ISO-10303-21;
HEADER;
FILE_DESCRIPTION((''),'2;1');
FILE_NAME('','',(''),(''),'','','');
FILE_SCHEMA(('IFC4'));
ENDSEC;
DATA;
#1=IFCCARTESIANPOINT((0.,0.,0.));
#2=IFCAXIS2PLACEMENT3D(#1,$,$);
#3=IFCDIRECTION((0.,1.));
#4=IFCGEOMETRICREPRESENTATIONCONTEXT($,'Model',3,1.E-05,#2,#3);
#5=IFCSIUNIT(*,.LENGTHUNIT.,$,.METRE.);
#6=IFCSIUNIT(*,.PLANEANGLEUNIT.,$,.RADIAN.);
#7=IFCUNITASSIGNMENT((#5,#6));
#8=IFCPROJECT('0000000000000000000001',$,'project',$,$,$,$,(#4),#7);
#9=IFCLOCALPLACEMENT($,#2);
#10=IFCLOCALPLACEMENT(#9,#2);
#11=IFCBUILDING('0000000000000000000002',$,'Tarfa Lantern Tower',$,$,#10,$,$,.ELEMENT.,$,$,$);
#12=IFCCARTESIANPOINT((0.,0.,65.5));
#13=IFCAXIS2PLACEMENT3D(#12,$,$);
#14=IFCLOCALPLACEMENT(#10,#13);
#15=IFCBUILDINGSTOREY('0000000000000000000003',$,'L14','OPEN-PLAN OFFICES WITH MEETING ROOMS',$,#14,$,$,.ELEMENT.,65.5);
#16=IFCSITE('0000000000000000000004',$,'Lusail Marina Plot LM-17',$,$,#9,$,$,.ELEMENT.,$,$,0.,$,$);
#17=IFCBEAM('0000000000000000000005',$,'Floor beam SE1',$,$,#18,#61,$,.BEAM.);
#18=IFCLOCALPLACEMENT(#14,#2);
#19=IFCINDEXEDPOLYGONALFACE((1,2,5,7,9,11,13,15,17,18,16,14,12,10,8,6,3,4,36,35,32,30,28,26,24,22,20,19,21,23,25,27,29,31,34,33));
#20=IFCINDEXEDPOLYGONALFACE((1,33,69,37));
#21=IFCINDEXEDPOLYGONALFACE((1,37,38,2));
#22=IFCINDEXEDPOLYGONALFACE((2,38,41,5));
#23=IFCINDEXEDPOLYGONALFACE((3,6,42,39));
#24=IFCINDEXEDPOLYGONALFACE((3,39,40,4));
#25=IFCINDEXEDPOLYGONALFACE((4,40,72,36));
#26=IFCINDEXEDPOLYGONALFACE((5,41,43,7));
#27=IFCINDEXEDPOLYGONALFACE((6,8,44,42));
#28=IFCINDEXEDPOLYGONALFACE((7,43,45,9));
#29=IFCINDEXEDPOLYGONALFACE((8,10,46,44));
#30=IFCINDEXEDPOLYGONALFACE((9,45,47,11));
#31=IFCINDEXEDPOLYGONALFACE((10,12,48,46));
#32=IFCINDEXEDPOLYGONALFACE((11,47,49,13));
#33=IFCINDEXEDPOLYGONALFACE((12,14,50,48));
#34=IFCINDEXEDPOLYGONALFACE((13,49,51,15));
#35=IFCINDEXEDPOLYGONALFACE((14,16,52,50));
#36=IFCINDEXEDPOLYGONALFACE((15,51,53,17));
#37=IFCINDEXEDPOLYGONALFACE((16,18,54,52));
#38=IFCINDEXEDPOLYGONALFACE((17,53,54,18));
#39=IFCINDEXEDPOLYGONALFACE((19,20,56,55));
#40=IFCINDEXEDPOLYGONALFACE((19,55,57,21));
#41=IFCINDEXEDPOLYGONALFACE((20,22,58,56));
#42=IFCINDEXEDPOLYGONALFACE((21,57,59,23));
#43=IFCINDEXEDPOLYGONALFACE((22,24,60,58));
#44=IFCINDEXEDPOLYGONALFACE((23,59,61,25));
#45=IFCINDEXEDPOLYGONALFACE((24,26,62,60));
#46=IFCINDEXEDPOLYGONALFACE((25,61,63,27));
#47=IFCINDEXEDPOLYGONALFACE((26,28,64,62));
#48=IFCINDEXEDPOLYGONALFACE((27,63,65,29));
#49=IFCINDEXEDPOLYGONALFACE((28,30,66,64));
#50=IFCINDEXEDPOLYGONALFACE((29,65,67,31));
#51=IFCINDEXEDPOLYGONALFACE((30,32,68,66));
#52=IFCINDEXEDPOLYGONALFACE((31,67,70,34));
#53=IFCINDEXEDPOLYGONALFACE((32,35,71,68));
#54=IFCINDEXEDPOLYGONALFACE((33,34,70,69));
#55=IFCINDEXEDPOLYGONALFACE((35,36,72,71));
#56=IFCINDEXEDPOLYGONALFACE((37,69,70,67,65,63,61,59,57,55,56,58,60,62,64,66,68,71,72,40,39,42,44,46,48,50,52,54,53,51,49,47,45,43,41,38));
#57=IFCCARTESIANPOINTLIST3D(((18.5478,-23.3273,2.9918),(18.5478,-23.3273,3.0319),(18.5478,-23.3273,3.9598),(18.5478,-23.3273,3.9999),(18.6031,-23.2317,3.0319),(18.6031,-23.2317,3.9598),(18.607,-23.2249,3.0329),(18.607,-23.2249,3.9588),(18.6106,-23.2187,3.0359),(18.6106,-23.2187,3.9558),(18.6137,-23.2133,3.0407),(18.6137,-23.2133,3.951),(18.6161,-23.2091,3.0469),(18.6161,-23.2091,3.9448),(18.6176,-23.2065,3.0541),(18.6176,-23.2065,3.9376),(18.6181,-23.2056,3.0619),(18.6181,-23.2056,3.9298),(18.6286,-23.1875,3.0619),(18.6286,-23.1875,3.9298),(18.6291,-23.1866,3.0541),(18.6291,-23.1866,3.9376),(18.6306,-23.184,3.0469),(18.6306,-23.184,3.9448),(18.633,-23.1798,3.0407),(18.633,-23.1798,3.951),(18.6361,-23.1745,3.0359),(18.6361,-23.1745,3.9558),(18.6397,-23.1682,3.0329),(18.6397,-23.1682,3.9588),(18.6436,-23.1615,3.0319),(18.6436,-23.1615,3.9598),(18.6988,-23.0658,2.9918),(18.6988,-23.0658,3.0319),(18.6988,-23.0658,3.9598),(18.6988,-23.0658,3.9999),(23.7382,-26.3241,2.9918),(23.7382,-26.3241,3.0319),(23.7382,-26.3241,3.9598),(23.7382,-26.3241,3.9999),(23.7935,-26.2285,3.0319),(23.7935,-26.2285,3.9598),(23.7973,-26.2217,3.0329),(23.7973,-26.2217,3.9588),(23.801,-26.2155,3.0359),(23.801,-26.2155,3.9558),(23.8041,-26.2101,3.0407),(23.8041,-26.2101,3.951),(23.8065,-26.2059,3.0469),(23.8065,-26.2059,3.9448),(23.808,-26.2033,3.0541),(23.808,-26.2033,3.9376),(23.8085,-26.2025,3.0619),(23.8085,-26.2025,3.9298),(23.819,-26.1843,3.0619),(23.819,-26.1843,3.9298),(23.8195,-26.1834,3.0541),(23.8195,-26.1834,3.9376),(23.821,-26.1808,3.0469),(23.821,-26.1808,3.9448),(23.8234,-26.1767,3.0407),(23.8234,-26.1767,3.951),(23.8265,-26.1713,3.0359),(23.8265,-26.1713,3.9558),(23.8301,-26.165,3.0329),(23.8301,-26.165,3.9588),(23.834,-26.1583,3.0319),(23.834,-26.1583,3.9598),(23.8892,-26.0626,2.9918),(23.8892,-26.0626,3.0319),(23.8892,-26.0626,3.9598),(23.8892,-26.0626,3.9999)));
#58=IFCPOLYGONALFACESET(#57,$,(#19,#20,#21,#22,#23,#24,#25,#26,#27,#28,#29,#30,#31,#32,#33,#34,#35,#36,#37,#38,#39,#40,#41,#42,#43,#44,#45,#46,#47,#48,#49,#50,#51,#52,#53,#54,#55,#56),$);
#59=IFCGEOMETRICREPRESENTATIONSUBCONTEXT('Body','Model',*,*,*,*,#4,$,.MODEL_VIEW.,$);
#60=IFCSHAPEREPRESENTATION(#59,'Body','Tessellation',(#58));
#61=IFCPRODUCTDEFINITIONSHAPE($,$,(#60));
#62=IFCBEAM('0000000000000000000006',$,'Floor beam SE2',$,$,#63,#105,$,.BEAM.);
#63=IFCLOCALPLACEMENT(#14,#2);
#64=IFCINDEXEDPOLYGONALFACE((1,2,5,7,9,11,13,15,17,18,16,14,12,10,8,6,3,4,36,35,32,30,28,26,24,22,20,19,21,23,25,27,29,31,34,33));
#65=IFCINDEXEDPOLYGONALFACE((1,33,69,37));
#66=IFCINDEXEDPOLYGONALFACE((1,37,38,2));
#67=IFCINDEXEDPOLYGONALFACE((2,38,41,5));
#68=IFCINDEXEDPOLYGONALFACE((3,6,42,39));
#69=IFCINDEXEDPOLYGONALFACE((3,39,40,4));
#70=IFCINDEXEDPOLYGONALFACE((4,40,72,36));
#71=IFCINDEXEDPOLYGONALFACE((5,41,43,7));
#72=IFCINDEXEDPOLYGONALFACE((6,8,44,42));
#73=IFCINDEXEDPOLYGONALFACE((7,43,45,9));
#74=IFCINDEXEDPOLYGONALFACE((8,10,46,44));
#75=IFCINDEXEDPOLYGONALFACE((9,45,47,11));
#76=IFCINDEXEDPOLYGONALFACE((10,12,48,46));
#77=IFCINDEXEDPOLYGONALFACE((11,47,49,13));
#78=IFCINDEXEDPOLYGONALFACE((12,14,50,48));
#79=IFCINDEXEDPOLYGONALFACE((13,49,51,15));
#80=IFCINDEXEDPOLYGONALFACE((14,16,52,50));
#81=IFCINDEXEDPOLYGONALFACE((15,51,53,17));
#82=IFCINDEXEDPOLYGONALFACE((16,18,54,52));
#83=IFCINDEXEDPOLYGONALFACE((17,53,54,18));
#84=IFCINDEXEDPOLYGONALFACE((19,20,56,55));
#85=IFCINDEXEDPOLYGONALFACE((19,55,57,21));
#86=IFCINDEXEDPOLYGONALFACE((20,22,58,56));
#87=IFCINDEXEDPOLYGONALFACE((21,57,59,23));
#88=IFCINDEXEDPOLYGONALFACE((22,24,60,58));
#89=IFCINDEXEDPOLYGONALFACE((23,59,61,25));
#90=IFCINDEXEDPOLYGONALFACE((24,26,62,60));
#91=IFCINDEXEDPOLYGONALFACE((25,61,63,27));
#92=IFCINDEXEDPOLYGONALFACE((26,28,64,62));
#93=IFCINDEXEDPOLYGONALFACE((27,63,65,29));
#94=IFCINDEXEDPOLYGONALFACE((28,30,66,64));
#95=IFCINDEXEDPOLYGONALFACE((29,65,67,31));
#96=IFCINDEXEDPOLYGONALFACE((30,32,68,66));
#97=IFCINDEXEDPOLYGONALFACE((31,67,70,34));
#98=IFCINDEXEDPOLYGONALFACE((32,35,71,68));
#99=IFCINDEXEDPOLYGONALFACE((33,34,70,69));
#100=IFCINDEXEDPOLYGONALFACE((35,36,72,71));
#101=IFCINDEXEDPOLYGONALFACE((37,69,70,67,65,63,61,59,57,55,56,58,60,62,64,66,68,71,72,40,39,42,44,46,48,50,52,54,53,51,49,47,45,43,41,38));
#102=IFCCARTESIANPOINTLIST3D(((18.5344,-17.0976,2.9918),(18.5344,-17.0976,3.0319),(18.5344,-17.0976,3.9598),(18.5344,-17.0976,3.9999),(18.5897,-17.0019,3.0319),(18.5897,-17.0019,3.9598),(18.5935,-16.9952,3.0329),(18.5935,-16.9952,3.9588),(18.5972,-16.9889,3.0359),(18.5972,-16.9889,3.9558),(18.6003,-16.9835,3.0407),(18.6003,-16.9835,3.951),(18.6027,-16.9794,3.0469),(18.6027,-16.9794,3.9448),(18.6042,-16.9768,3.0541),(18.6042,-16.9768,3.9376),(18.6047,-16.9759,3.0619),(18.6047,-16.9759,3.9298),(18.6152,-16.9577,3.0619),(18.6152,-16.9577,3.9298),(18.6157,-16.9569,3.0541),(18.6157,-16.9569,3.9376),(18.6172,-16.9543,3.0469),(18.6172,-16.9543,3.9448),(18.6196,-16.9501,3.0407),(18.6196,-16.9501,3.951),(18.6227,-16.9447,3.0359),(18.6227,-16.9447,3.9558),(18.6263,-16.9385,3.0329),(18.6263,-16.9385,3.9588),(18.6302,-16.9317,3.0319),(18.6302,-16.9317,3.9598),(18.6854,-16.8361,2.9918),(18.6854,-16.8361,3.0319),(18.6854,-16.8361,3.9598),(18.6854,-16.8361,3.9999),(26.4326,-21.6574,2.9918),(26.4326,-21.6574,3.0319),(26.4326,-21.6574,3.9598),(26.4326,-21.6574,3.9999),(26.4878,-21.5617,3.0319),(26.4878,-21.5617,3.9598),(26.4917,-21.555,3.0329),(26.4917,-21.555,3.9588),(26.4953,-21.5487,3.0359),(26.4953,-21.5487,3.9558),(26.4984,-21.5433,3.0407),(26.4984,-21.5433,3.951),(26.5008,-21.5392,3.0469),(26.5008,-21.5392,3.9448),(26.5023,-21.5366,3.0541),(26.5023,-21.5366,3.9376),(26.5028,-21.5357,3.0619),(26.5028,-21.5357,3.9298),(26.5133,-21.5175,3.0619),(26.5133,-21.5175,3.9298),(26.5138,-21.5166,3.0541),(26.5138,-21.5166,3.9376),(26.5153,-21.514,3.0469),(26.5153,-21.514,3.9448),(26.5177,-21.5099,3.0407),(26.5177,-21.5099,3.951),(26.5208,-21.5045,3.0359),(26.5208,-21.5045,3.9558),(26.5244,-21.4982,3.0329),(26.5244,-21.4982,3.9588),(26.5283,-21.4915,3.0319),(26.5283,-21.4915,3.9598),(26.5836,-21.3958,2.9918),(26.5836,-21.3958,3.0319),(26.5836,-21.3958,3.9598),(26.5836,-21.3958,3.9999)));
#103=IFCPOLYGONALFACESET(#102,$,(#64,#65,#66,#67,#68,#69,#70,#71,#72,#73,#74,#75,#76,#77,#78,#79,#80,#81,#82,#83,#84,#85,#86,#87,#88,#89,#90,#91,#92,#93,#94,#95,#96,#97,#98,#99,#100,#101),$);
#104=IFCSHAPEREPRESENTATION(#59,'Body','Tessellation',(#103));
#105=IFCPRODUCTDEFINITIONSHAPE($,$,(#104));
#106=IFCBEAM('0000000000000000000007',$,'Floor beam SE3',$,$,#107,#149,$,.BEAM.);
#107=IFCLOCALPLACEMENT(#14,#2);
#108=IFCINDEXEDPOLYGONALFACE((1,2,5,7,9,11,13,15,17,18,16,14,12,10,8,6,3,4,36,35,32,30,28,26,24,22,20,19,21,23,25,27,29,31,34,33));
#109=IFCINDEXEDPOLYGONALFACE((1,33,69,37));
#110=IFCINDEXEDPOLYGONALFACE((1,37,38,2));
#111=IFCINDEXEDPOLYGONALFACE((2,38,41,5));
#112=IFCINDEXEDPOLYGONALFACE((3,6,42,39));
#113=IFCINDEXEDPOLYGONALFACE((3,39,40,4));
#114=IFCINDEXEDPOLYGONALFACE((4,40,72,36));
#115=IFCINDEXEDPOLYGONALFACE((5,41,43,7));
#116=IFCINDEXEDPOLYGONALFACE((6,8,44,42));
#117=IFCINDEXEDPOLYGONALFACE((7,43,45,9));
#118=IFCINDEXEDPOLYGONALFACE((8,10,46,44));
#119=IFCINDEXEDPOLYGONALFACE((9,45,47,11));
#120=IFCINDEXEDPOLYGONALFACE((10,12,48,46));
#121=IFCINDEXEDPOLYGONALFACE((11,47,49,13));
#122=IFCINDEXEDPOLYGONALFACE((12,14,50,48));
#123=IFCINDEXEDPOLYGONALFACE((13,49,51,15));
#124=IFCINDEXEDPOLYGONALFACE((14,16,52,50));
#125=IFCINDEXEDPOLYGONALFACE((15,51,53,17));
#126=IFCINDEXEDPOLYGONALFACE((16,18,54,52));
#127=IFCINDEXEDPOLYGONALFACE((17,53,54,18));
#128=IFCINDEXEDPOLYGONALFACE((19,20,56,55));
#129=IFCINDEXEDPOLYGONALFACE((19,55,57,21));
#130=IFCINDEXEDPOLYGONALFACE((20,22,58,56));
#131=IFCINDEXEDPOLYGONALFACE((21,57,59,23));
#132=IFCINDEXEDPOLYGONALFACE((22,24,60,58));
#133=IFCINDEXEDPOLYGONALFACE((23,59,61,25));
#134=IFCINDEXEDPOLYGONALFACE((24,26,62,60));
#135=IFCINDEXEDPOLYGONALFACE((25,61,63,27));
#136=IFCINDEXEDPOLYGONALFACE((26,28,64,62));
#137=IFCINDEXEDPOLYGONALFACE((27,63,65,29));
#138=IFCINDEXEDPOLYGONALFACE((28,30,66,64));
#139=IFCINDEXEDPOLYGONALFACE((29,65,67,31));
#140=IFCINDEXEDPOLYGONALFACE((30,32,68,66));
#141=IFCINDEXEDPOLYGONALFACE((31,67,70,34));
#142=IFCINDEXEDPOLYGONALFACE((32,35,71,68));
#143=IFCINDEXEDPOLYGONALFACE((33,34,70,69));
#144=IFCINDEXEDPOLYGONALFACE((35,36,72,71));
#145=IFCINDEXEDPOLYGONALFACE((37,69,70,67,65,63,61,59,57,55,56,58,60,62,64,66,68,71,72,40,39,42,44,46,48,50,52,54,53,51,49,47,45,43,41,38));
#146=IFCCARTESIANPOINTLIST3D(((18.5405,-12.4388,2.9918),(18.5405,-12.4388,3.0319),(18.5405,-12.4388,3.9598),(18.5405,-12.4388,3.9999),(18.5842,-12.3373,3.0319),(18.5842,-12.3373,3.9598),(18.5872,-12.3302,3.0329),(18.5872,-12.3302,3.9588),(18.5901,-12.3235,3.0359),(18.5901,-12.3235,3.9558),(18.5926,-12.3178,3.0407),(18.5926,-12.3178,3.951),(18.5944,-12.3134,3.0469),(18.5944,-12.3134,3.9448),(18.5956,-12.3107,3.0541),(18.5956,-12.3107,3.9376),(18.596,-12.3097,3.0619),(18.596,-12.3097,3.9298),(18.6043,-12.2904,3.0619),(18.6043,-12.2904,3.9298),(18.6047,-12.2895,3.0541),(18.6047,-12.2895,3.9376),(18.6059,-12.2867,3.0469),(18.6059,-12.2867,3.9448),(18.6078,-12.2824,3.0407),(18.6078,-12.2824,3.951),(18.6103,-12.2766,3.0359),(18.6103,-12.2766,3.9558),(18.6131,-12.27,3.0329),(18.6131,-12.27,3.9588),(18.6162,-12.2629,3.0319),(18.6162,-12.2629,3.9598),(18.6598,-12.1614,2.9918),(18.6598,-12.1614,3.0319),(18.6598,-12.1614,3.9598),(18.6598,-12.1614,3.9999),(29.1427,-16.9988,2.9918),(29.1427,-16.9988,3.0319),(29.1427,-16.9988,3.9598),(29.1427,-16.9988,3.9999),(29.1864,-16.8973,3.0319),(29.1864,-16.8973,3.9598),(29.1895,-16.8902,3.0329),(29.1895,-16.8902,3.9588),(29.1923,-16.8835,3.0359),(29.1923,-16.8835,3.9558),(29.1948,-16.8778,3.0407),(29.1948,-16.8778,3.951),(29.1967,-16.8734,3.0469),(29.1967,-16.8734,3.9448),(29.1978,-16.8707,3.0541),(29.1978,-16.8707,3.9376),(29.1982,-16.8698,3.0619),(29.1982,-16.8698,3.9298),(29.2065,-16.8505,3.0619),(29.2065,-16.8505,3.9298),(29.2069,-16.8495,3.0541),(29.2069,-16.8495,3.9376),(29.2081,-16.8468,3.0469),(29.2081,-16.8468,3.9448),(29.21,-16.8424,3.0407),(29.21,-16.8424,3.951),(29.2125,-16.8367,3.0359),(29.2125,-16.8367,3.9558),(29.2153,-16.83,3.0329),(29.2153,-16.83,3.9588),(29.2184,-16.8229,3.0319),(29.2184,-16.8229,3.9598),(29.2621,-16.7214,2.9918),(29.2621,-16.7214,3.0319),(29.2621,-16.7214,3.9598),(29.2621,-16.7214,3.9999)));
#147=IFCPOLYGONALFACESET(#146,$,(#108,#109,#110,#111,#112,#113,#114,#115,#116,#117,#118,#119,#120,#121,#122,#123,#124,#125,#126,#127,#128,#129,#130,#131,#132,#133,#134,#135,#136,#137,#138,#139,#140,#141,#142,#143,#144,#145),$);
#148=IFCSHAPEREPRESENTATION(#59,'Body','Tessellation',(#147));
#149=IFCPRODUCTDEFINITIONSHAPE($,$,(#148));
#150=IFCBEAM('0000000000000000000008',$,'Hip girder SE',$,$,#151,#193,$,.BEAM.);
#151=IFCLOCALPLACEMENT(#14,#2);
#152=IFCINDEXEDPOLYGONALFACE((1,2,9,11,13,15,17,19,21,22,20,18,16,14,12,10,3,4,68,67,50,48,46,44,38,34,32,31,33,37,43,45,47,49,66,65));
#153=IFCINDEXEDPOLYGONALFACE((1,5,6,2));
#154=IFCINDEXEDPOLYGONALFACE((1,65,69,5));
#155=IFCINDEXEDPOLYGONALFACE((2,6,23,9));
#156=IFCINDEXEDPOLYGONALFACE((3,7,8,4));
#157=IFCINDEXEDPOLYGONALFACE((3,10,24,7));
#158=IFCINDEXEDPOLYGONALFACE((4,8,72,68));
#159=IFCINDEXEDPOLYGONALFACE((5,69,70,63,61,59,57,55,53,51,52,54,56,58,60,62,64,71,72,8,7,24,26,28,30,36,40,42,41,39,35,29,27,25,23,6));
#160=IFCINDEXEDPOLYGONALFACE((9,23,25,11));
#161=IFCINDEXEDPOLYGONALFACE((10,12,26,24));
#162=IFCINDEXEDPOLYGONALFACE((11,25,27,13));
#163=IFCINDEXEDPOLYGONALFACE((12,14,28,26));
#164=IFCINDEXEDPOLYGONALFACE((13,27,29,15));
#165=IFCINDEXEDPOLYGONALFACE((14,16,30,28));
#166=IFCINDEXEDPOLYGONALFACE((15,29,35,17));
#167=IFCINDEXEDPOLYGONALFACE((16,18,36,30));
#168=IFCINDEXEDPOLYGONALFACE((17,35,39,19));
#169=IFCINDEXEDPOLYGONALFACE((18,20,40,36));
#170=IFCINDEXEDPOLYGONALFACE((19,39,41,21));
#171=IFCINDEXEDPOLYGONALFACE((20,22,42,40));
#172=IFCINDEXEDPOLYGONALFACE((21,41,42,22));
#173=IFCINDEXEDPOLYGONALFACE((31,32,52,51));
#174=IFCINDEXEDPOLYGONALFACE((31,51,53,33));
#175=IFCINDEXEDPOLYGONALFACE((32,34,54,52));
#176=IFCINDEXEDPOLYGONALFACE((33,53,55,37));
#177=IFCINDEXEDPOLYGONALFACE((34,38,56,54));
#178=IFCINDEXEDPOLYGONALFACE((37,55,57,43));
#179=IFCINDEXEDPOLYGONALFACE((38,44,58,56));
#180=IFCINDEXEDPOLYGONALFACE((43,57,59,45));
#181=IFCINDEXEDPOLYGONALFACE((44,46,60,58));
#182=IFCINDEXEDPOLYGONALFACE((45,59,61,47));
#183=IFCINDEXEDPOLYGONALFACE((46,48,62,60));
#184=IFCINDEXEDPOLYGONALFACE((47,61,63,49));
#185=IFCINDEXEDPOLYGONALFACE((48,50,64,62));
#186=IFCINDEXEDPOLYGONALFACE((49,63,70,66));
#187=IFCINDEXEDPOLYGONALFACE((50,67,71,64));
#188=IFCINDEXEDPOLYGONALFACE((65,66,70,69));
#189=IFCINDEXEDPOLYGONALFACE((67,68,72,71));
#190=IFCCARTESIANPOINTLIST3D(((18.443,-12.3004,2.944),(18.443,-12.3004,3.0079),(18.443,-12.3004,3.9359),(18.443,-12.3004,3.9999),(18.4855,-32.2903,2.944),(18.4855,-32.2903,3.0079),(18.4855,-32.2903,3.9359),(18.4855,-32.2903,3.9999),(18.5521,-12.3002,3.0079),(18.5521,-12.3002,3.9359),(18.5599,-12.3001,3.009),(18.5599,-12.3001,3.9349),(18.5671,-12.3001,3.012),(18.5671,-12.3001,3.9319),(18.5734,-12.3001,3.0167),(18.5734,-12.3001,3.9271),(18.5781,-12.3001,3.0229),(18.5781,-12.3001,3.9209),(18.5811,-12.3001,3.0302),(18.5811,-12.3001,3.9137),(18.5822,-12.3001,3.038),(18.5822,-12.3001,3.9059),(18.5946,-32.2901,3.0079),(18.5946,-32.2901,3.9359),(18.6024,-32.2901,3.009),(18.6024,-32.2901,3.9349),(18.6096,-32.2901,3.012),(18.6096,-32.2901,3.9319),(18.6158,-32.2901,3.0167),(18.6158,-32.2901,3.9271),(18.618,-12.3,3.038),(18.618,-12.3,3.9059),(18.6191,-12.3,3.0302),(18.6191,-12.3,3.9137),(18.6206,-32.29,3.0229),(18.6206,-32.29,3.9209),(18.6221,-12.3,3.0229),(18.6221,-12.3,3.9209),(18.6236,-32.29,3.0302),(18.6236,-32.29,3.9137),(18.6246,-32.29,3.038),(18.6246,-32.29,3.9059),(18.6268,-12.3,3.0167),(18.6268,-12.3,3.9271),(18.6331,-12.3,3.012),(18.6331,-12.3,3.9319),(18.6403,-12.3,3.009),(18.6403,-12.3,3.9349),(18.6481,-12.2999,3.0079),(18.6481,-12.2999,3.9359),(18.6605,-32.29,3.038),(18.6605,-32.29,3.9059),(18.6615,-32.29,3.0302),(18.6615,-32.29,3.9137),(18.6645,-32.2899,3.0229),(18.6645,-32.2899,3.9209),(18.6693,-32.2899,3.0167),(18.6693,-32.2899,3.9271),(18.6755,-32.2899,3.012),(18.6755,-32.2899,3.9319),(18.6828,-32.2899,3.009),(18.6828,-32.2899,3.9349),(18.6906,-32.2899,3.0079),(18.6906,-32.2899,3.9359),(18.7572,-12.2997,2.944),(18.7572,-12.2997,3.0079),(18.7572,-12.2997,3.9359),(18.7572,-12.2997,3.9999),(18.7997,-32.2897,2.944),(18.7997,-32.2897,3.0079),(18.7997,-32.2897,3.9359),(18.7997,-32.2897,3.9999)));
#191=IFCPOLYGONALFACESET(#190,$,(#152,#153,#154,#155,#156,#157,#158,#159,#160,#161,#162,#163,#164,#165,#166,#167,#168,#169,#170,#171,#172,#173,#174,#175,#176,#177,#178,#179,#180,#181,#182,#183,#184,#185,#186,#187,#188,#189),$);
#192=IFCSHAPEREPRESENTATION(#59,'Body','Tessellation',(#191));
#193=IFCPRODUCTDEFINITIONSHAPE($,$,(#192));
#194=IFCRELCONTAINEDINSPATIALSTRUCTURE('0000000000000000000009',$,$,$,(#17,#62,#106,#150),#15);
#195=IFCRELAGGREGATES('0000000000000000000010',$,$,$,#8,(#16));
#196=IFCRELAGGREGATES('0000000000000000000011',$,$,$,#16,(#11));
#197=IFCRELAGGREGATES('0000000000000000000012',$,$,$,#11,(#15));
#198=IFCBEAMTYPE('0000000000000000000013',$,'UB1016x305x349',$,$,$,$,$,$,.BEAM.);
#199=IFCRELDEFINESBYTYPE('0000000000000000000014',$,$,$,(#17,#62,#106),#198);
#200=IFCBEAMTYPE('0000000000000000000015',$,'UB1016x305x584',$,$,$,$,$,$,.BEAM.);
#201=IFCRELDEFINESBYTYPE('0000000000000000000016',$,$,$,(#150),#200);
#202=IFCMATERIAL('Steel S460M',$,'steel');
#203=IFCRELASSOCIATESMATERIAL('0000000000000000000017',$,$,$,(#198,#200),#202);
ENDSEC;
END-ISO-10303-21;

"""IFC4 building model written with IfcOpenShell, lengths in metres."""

from ifc_helpers import new_model, si_unit, direction, frame, origin, origin_2d, place, context, subcontext, project, spatial, i_section, extrude, material, material_profile, profile_set, type_object, element, save


model = new_model("IFC4")

# Units and contexts
model_context = context("Model", 3, precision=1e-05, world=origin(), true_north=direction((0.0, 1.0)))
body_context = subcontext(model_context, "Body", "Model", "MODEL_VIEW")
ifc_project = project(units=[si_unit("LENGTHUNIT", "METRE"), si_unit("PLANEANGLEUNIT", "RADIAN")], contexts=[model_context])

# Site, building, storey
site_placement = place(None, origin())
site = spatial("IfcSite", under=ifc_project, at=site_placement, Name="Lusail Marina Plot LM-17", CompositionType="ELEMENT", RefElevation=0.0)
building_placement = place(site_placement, origin())
building = spatial("IfcBuilding", under=site, at=building_placement, Name="Tarfa Lantern Tower", CompositionType="ELEMENT")
storey_placement = place(building_placement, frame((0.0, 0.0, 65.5)))
storey = spatial("IfcBuildingStorey", under=building, at=storey_placement, Name="L14", Description="OPEN-PLAN OFFICES WITH MEETING ROOMS", CompositionType="ELEMENT", Elevation=65.5)

# Beams
ifc_material_1 = material(Name="Steel S460M", Category="steel")
ifc_material_profile_1 = material_profile(ifc_material_1, i_section(OverallWidth=0.302, OverallDepth=1.0081, WebThickness=0.021, FlangeThickness=0.04, FilletRadius=0.03, at=origin_2d()), Name="UB1016x305x349")
ifc_profile_set_1 = profile_set([ifc_material_profile_1], Name="Steel S460M")
beam_type_1 = type_object("IfcBeamType", Name="UB1016x305x349", PredefinedType="BEAM", material=ifc_profile_set_1)
beam_1_placement = place(storey_placement, frame((23.8137, -26.1934, 3.4958), z_axis=(-0.866016, 0.500016, 0.0), x_axis=(-0.500016, -0.866016, 0.0)))
element("IfcBeam", 1, at=beam_1_placement, inside=storey, type_object=beam_type_1, Name="Floor beam SE1", PredefinedType="BEAM", context=body_context, shape_type="SweptSolid", body=[
    extrude(i_section(OverallWidth=0.302, OverallDepth=1.0081, WebThickness=0.021, FlangeThickness=0.04, FilletRadius=0.03, at=origin_2d()), origin(), (0.0, 0.0, 1.0), 5.9934),
])
beam_2_placement = place(storey_placement, frame((26.5081, -21.5266, 3.4958), z_axis=(-0.866035, 0.499983, 0.0), x_axis=(-0.499983, -0.866035, 0.0)))
element("IfcBeam", 2, at=beam_2_placement, inside=storey, type_object=beam_type_1, Name="Floor beam SE2", PredefinedType="BEAM", context=body_context, shape_type="SweptSolid", body=[
    extrude(i_section(OverallWidth=0.302, OverallDepth=1.0081, WebThickness=0.021, FlangeThickness=0.04, FilletRadius=0.03, at=origin_2d()), origin(), (0.0, 0.0, 1.0), 9.1199),
])
beam_3_placement = place(storey_placement, frame((29.2024, -16.8601, 3.4958), z_axis=(-0.918635, 0.395106, 0.0), x_axis=(-0.395106, -0.918635, 0.0)))
element("IfcBeam", 3, at=beam_3_placement, inside=storey, type_object=beam_type_1, Name="Floor beam SE3", PredefinedType="BEAM", context=body_context, shape_type="SweptSolid", body=[
    extrude(i_section(OverallWidth=0.302, OverallDepth=1.0081, WebThickness=0.021, FlangeThickness=0.04, FilletRadius=0.03, at=origin_2d()), origin(), (0.0, 0.0, 1.0), 11.5413),
])
ifc_material_profile_2 = material_profile(ifc_material_1, i_section(OverallWidth=0.3142, OverallDepth=1.0559, WebThickness=0.0359, FlangeThickness=0.064, FilletRadius=0.03, at=origin_2d()), Name="UB1016x305x584")
ifc_profile_set_2 = profile_set([ifc_material_profile_2], Name="Steel S460M")
beam_type_2 = type_object("IfcBeamType", Name="UB1016x305x584", PredefinedType="BEAM", material=ifc_profile_set_2)
beam_4_placement = place(storey_placement, frame((18.6001, -12.3, 3.4719), z_axis=(0.002125, -0.999998, 0.0), x_axis=(0.999998, 0.002125, 0.0)))
element("IfcBeam", 4, at=beam_4_placement, inside=storey, type_object=beam_type_2, Name="Hip girder SE", PredefinedType="BEAM", context=body_context, shape_type="SweptSolid", body=[
    extrude(i_section(OverallWidth=0.3142, OverallDepth=1.0559, WebThickness=0.0359, FlangeThickness=0.064, FilletRadius=0.03, at=origin_2d()), origin(), (0.0, 0.0, 1.0), 19.99),
])

save(model, "model.ifc")
